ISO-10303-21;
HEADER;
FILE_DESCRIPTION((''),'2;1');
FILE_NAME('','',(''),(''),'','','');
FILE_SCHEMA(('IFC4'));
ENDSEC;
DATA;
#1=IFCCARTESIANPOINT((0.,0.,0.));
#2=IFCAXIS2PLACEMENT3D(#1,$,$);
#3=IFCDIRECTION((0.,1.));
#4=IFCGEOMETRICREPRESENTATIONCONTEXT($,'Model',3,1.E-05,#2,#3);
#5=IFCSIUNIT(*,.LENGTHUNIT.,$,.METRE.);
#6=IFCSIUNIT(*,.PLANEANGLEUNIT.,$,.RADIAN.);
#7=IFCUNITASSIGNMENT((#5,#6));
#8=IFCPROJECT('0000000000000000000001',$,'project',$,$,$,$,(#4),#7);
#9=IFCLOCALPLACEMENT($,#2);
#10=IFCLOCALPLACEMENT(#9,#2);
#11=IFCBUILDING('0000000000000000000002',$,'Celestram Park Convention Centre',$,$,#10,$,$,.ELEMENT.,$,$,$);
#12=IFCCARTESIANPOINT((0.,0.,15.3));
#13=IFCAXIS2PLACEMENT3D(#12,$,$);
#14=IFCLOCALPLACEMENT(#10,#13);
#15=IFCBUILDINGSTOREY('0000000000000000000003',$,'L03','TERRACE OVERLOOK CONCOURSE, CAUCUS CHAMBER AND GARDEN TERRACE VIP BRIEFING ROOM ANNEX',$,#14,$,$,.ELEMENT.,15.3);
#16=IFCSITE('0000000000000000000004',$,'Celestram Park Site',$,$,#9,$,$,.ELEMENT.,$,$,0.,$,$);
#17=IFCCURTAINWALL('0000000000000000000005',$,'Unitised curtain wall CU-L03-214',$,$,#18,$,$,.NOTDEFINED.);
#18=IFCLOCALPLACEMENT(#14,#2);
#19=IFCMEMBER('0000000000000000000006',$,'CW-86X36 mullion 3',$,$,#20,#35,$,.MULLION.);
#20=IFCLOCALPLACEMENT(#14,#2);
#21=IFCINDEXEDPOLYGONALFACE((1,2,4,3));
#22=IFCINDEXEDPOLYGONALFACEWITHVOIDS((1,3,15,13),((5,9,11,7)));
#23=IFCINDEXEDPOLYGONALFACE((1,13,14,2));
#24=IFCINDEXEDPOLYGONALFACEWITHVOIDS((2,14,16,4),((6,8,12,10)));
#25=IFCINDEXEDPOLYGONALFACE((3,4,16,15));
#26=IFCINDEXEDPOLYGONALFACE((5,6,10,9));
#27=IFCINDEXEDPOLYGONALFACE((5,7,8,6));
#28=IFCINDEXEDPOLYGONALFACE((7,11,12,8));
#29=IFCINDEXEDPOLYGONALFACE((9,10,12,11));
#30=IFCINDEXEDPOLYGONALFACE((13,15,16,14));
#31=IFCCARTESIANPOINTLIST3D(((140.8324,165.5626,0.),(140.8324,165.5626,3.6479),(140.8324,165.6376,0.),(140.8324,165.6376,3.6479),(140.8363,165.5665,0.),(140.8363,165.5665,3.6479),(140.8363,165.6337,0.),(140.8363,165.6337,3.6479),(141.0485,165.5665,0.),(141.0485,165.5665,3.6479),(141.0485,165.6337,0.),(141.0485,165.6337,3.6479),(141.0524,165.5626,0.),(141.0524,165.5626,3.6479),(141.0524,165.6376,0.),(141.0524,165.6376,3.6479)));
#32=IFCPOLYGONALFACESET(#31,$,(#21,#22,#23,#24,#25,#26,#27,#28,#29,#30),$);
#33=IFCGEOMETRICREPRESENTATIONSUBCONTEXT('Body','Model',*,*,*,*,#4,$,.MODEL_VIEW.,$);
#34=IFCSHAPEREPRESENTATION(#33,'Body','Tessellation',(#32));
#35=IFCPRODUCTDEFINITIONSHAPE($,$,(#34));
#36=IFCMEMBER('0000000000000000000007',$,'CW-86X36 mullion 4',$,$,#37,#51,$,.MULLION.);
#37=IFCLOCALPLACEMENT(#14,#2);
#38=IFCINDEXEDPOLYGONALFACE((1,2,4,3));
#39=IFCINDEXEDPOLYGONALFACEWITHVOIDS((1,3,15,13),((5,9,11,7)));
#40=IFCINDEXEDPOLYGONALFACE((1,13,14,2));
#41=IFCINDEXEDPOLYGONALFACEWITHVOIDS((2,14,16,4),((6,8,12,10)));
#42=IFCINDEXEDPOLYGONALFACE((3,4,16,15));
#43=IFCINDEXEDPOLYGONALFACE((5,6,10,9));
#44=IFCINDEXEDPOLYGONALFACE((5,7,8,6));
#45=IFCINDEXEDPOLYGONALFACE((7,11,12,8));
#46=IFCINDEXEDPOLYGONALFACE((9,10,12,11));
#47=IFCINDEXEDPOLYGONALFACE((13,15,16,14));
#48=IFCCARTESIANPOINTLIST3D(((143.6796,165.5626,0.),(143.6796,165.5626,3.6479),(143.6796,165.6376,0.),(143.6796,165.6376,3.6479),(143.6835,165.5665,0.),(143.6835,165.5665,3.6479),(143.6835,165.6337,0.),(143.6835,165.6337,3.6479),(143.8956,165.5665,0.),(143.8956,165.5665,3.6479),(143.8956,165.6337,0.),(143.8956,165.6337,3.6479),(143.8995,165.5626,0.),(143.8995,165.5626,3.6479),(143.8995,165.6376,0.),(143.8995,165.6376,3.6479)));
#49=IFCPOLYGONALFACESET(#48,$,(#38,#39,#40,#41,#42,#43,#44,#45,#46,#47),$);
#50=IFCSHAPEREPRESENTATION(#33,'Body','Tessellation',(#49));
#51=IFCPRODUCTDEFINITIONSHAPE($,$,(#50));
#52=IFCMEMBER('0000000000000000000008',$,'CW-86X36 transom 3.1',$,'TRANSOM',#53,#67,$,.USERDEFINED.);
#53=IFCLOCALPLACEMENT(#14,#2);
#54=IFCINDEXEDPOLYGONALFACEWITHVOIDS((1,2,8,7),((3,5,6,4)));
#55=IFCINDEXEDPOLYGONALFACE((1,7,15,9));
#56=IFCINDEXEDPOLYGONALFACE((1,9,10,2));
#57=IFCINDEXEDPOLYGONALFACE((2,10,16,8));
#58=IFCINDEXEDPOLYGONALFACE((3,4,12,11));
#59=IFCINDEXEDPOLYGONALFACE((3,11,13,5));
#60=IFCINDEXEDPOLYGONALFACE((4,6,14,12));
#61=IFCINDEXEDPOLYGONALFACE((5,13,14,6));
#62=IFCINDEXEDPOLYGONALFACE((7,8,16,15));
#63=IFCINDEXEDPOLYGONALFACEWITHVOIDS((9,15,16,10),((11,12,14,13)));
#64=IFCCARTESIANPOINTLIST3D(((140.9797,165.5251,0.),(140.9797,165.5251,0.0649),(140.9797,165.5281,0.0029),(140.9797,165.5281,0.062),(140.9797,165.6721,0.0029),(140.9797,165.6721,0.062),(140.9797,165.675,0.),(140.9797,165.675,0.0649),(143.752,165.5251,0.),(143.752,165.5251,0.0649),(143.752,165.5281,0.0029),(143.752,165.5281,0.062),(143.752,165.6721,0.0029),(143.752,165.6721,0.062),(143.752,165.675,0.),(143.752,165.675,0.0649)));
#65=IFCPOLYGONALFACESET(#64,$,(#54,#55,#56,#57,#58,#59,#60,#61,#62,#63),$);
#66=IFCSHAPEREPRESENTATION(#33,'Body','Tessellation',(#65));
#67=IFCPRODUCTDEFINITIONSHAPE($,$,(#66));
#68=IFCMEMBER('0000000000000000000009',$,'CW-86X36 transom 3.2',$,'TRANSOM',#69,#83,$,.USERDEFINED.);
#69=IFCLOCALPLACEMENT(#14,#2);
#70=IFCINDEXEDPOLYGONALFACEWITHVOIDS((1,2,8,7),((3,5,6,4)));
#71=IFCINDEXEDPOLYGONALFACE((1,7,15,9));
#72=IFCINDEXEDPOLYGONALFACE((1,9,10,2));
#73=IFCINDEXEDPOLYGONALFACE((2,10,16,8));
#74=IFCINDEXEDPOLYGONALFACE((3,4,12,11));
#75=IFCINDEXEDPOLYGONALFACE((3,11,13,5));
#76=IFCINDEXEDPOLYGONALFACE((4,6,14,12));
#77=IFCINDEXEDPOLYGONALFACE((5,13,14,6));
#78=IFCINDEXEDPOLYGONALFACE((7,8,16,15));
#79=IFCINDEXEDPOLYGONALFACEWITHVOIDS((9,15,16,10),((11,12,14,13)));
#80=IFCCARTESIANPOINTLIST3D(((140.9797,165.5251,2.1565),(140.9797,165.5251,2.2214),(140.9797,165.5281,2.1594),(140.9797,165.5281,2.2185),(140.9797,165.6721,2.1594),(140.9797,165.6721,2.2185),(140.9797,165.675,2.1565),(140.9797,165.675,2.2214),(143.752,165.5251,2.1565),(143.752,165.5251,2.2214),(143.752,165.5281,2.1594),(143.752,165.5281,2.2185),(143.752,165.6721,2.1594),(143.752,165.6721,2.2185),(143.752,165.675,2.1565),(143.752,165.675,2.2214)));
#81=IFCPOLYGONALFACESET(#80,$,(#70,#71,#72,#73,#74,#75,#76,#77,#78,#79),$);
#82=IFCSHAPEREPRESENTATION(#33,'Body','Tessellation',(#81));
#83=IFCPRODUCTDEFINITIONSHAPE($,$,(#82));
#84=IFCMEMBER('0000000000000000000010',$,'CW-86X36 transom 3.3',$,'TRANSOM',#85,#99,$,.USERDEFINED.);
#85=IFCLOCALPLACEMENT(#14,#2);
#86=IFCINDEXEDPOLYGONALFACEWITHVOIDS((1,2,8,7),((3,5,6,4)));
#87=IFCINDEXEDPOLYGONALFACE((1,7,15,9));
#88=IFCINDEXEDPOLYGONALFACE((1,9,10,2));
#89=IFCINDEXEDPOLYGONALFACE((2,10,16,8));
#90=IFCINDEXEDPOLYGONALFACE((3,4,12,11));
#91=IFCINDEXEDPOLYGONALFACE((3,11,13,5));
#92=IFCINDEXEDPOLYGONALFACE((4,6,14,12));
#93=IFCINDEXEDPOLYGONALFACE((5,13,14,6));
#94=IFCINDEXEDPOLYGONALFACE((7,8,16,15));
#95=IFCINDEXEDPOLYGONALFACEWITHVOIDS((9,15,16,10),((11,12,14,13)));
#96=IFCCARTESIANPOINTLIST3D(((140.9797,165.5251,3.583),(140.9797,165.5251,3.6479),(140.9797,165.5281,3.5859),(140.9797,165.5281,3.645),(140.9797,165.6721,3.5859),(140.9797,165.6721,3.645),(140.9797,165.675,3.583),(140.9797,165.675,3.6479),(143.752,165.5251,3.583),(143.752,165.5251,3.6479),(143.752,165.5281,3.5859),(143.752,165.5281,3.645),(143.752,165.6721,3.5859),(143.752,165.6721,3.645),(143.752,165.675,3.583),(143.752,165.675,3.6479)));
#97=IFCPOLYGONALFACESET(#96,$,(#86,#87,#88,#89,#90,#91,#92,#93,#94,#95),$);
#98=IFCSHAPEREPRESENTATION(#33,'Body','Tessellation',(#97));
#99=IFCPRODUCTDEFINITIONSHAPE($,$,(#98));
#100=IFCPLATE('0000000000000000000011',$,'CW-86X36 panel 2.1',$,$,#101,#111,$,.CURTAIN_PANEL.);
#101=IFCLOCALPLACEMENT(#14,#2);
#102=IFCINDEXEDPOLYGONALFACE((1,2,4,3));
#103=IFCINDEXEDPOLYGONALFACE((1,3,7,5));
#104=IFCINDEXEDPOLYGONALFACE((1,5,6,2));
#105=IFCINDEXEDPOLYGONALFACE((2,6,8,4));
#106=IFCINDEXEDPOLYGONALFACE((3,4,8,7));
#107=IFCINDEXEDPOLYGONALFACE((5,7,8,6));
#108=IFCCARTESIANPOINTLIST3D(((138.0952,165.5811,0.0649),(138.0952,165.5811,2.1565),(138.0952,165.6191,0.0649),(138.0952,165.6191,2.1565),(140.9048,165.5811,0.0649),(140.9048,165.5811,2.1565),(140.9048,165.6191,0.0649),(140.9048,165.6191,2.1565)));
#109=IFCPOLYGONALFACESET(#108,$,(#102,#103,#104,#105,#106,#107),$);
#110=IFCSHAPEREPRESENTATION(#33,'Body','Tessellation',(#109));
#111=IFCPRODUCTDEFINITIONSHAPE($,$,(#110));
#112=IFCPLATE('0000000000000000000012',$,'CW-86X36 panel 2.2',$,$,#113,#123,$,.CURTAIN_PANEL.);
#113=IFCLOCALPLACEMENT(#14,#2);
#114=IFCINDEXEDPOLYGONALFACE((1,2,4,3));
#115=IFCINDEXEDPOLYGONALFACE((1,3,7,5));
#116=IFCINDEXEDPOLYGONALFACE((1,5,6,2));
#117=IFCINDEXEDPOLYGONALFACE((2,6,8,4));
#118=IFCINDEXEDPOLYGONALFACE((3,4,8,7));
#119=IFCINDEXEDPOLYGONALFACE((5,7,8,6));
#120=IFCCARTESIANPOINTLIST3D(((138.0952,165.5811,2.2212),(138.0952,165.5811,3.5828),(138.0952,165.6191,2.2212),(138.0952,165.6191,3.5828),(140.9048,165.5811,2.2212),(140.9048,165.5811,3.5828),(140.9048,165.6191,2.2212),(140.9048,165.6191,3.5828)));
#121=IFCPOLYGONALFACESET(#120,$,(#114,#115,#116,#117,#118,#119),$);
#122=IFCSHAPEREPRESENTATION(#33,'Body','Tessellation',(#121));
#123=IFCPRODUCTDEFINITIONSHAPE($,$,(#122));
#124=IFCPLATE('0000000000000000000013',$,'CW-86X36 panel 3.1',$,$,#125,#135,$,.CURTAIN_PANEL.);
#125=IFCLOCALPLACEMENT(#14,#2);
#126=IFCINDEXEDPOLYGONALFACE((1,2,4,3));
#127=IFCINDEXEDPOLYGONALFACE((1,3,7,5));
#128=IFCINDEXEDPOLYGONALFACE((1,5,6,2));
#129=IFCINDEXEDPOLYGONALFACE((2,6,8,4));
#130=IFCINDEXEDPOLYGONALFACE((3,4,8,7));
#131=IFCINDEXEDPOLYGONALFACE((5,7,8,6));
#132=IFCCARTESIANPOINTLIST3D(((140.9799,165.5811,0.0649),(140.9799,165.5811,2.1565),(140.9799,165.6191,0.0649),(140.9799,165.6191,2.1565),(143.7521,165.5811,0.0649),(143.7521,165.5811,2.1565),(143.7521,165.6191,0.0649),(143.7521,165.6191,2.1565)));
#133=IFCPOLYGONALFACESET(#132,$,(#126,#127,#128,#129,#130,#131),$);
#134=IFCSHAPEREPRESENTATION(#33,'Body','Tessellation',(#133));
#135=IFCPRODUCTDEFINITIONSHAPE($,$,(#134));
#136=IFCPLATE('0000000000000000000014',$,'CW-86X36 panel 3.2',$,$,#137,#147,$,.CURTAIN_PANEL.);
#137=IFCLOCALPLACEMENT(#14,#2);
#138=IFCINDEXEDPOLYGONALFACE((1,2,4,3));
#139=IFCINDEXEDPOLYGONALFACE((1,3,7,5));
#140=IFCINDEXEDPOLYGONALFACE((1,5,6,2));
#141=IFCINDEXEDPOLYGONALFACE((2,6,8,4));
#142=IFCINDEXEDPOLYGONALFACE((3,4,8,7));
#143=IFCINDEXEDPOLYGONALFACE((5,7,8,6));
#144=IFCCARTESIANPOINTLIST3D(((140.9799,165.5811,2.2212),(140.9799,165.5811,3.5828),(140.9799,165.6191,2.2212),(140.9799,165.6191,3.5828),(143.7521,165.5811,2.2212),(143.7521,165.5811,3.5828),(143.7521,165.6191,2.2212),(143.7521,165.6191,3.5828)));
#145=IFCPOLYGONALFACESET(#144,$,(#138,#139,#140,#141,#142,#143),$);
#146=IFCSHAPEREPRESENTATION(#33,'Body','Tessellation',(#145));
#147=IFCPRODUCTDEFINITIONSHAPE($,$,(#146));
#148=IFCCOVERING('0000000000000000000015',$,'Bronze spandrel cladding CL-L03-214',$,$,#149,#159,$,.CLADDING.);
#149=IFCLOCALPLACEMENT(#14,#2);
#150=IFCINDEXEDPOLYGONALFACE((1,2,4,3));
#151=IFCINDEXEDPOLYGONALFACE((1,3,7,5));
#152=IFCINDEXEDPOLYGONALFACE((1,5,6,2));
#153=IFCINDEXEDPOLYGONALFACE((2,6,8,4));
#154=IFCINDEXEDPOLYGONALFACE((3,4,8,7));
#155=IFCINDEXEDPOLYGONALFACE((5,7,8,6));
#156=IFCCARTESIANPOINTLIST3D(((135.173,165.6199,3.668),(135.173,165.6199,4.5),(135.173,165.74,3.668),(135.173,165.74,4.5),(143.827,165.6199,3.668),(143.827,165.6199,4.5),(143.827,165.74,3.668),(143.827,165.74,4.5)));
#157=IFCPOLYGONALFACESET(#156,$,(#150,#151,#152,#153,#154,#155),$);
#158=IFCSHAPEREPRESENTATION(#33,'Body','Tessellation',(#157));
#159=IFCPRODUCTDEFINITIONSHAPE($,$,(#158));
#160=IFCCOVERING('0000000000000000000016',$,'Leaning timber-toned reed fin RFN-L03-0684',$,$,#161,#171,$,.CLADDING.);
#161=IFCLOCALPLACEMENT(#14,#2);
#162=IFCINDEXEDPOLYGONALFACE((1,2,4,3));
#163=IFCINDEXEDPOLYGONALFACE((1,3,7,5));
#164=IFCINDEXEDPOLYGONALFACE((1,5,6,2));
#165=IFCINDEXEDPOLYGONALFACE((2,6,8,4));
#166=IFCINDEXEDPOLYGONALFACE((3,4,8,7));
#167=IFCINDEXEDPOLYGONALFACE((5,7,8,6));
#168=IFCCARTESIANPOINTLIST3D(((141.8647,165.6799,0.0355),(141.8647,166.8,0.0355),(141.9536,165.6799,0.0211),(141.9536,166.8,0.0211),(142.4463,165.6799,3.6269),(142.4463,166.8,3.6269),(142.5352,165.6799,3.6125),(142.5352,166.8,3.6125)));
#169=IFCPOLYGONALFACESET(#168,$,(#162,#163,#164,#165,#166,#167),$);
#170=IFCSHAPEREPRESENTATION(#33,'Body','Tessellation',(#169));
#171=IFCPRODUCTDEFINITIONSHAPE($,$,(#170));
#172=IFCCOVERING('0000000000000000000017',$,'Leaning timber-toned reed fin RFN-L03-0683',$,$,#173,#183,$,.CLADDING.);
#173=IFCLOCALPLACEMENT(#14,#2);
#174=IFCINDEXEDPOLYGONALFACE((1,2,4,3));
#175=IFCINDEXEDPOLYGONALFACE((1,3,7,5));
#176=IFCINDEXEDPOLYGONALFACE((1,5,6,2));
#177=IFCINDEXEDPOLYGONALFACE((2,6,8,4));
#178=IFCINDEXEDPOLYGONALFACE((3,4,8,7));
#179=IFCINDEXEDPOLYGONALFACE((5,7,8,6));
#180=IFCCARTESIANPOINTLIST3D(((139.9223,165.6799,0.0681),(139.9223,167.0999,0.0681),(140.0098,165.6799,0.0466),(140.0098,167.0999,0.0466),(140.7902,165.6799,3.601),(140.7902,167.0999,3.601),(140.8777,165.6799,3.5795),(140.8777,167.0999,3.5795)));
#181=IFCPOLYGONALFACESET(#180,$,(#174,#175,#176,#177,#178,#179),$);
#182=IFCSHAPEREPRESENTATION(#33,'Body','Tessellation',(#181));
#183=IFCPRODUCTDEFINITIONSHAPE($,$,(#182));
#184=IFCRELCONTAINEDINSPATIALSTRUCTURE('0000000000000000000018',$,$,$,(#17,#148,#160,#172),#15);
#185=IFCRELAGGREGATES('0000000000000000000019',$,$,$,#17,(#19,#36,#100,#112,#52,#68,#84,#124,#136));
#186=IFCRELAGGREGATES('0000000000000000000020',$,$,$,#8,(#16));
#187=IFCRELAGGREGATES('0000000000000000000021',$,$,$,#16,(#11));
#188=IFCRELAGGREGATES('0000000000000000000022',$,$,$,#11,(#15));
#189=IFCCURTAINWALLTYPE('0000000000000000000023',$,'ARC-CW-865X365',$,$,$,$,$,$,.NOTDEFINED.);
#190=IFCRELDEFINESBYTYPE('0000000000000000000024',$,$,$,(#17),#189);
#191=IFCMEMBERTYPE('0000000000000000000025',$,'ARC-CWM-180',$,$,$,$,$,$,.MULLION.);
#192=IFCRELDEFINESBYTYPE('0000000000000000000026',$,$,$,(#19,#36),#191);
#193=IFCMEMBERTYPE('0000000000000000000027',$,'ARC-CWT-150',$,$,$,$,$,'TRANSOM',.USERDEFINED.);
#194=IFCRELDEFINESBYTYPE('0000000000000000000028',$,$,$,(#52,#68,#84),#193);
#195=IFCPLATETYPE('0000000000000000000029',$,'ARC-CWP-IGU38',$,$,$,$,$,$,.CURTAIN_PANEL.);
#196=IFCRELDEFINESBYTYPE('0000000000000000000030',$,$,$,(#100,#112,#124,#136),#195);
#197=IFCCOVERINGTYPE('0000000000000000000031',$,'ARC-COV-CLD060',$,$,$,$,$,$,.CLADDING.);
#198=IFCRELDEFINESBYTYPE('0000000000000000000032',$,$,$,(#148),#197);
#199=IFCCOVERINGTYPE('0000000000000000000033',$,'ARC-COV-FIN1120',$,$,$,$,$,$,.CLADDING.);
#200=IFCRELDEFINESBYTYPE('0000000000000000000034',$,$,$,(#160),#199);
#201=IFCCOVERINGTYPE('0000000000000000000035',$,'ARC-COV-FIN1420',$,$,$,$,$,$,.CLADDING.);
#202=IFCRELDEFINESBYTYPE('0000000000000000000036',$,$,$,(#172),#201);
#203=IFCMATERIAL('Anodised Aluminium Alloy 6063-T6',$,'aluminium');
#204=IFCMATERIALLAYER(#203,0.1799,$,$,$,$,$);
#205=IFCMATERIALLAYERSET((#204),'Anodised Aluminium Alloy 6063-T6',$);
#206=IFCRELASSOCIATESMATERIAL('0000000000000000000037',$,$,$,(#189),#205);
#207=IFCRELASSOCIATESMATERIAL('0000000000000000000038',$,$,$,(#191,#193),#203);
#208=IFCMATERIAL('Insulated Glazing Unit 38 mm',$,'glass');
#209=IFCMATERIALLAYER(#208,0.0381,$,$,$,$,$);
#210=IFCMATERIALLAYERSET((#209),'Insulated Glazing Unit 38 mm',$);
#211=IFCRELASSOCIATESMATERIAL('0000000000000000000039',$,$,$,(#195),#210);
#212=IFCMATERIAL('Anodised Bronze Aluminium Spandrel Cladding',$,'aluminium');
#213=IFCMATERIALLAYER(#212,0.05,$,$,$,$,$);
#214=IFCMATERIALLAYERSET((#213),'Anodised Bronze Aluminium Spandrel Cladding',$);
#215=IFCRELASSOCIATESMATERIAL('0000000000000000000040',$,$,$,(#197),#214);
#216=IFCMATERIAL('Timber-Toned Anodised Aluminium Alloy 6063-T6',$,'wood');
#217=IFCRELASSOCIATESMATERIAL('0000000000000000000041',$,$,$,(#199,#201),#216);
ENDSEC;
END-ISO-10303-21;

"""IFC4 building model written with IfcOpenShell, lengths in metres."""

from ifc_helpers import new_model, si_unit, direction, frame, origin, origin_2d, place, context, subcontext, project, spatial, rectangle, hollow_rectangle, extrude, material, layer, layer_set, material_profile, profile_set, type_object, element, aggregate, save


model = new_model("IFC4")

# Units and contexts
model_context = context("Model", 3, precision=1e-05, world=origin(), true_north=direction((0.0, 1.0)))
body_context = subcontext(model_context, "Body", "Model", "MODEL_VIEW")
ifc_project = project(units=[si_unit("LENGTHUNIT", "METRE"), si_unit("PLANEANGLEUNIT", "RADIAN")], contexts=[model_context])

# Site, building, storey
site_placement = place(None, origin())
site = spatial("IfcSite", under=ifc_project, at=site_placement, Name="Celestram Park Site", CompositionType="ELEMENT", RefElevation=0.0)
building_placement = place(site_placement, origin())
building = spatial("IfcBuilding", under=site, at=building_placement, Name="Celestram Park Convention Centre", CompositionType="ELEMENT")
storey_placement = place(building_placement, frame((0.0, 0.0, 15.3)))
storey = spatial("IfcBuildingStorey", under=building, at=storey_placement, Name="L03", Description="TERRACE OVERLOOK CONCOURSE, CAUCUS CHAMBER AND GARDEN TERRACE VIP BRIEFING ROOM ANNEX", CompositionType="ELEMENT", Elevation=15.3)

# Curtain wall, members, plates
ifc_material_1 = material(Name="Anodised Aluminium Alloy 6063-T6", Category="aluminium")
ifc_layer_1 = layer(ifc_material_1, 0.1799)
ifc_layer_set_1 = layer_set([ifc_layer_1], Name="Anodised Aluminium Alloy 6063-T6")
curtain_wall_type = type_object("IfcCurtainWallType", Name="ARC-CW-865X365", PredefinedType="NOTDEFINED", material=ifc_layer_set_1)
curtain_wall_placement = place(storey_placement, origin())
curtain_wall = element("IfcCurtainWall", 1, at=curtain_wall_placement, inside=storey, type_object=curtain_wall_type, Name="Unitised curtain wall CU-L03-214", PredefinedType="NOTDEFINED")
ifc_material_profile_1 = material_profile(ifc_material_1, hollow_rectangle(XDim=0.075, YDim=0.22, WallThickness=0.0039, at=origin_2d()), Name="ALU75X220X4")
ifc_profile_set_1 = profile_set([ifc_material_profile_1], Name="Anodised Aluminium Alloy 6063-T6")
member_type_1 = type_object("IfcMemberType", Name="ARC-CWM-180", PredefinedType="MULLION", material=ifc_profile_set_1)
member_1_placement = place(storey_placement, frame((140.9424, 165.6001, 0.0), z_axis=(0.0, 0.0, 1.0), x_axis=(0.0, 1.0, 0.0)))
member_1 = element("IfcMember", 2, at=member_1_placement, type_object=member_type_1, Name="CW-86X36 mullion 3", PredefinedType="MULLION", context=body_context, shape_type="SweptSolid", body=[
    extrude(hollow_rectangle(XDim=0.075, YDim=0.22, WallThickness=0.0039, at=origin_2d()), origin(), (0.0, 0.0, 1.0), 3.6479),
])
member_2_placement = place(storey_placement, frame((143.7896, 165.6001, 0.0), z_axis=(0.0, 0.0, 1.0), x_axis=(0.0, 1.0, 0.0)))
member_2 = element("IfcMember", 3, at=member_2_placement, type_object=member_type_1, Name="CW-86X36 mullion 4", PredefinedType="MULLION", context=body_context, shape_type="SweptSolid", body=[
    extrude(hollow_rectangle(XDim=0.075, YDim=0.22, WallThickness=0.0039, at=origin_2d()), origin(), (0.0, 0.0, 1.0), 3.6479),
])
ifc_material_profile_2 = material_profile(ifc_material_1, hollow_rectangle(XDim=0.1499, YDim=0.0649, WallThickness=0.0029, at=origin_2d()), Name="ALU150X65X3")
ifc_profile_set_2 = profile_set([ifc_material_profile_2], Name="Anodised Aluminium Alloy 6063-T6")
member_type_2 = type_object("IfcMemberType", Name="ARC-CWT-150", ElementType="TRANSOM", PredefinedType="USERDEFINED", material=ifc_profile_set_2)
member_3_placement = place(storey_placement, frame((140.9797, 165.6001, 0.0325), z_axis=(1.0, 0.0, 0.0), x_axis=(0.0, 1.0, 0.0)))
member_3 = element("IfcMember", 4, at=member_3_placement, type_object=member_type_2, Name="CW-86X36 transom 3.1", ObjectType="TRANSOM", PredefinedType="USERDEFINED", context=body_context, shape_type="SweptSolid", body=[
    extrude(hollow_rectangle(XDim=0.1499, YDim=0.0649, WallThickness=0.0029, at=origin_2d()), origin(), (0.0, 0.0, 1.0), 2.7722),
])
member_4_placement = place(storey_placement, frame((140.9797, 165.6001, 2.189), z_axis=(1.0, 0.0, 0.0), x_axis=(0.0, 1.0, 0.0)))
member_4 = element("IfcMember", 5, at=member_4_placement, type_object=member_type_2, Name="CW-86X36 transom 3.2", ObjectType="TRANSOM", PredefinedType="USERDEFINED", context=body_context, shape_type="SweptSolid", body=[
    extrude(hollow_rectangle(XDim=0.1499, YDim=0.0649, WallThickness=0.0029, at=origin_2d()), origin(), (0.0, 0.0, 1.0), 2.7722),
])
member_5_placement = place(storey_placement, frame((140.9797, 165.6001, 3.6155), z_axis=(1.0, 0.0, 0.0), x_axis=(0.0, 1.0, 0.0)))
member_5 = element("IfcMember", 6, at=member_5_placement, type_object=member_type_2, Name="CW-86X36 transom 3.3", ObjectType="TRANSOM", PredefinedType="USERDEFINED", context=body_context, shape_type="SweptSolid", body=[
    extrude(hollow_rectangle(XDim=0.1499, YDim=0.0649, WallThickness=0.0029, at=origin_2d()), origin(), (0.0, 0.0, 1.0), 2.7722),
])
ifc_material_2 = material(Name="Insulated Glazing Unit 38 mm", Category="glass")
ifc_layer_2 = layer(ifc_material_2, 0.0381)
ifc_layer_set_2 = layer_set([ifc_layer_2], Name="Insulated Glazing Unit 38 mm")
plate_type = type_object("IfcPlateType", Name="ARC-CWP-IGU38", PredefinedType="CURTAIN_PANEL", material=ifc_layer_set_2)
plate_1_placement = place(storey_placement, frame((139.5, 165.6001, 0.0649), z_axis=(0.0, 0.0, 1.0), x_axis=(1.0, 0.0, 0.0)))
plate_1 = element("IfcPlate", 7, at=plate_1_placement, type_object=plate_type, Name="CW-86X36 panel 2.1", PredefinedType="CURTAIN_PANEL", context=body_context, shape_type="SweptSolid", body=[
    extrude(rectangle(XDim=2.8096, YDim=0.0381, at=origin_2d()), origin(), (0.0, 0.0, 1.0), 2.0916),
])
plate_2_placement = place(storey_placement, frame((139.5, 165.6001, 2.2212), z_axis=(0.0, 0.0, 1.0), x_axis=(1.0, 0.0, 0.0)))
plate_2 = element("IfcPlate", 8, at=plate_2_placement, type_object=plate_type, Name="CW-86X36 panel 2.2", PredefinedType="CURTAIN_PANEL", context=body_context, shape_type="SweptSolid", body=[
    extrude(rectangle(XDim=2.8096, YDim=0.0381, at=origin_2d()), origin(), (0.0, 0.0, 1.0), 1.3616),
])
plate_3_placement = place(storey_placement, frame((142.366, 165.6001, 0.0649), z_axis=(0.0, 0.0, 1.0), x_axis=(1.0, 0.0, 0.0)))
plate_3 = element("IfcPlate", 9, at=plate_3_placement, type_object=plate_type, Name="CW-86X36 panel 3.1", PredefinedType="CURTAIN_PANEL", context=body_context, shape_type="SweptSolid", body=[
    extrude(rectangle(XDim=2.7722, YDim=0.0381, at=origin_2d()), origin(), (0.0, 0.0, 1.0), 2.0916),
])
plate_4_placement = place(storey_placement, frame((142.366, 165.6001, 2.2212), z_axis=(0.0, 0.0, 1.0), x_axis=(1.0, 0.0, 0.0)))
plate_4 = element("IfcPlate", 10, at=plate_4_placement, type_object=plate_type, Name="CW-86X36 panel 3.2", PredefinedType="CURTAIN_PANEL", context=body_context, shape_type="SweptSolid", body=[
    extrude(rectangle(XDim=2.7722, YDim=0.0381, at=origin_2d()), origin(), (0.0, 0.0, 1.0), 1.3616),
])
aggregate(curtain_wall, [member_1, member_2, plate_1, plate_2, member_3, member_4, member_5, plate_3, plate_4])

# Coverings
ifc_material_3 = material(Name="Anodised Bronze Aluminium Spandrel Cladding", Category="aluminium")
ifc_layer_3 = layer(ifc_material_3, 0.05)
ifc_layer_set_3 = layer_set([ifc_layer_3], Name="Anodised Bronze Aluminium Spandrel Cladding")
covering_type_1 = type_object("IfcCoveringType", Name="ARC-COV-CLD060", PredefinedType="CLADDING", material=ifc_layer_set_3)
covering_1_placement = place(storey_placement, frame((139.5, 165.6799, 3.668), z_axis=(0.0, 0.0, 1.0), x_axis=(1.0, 0.0, 0.0)))
element("IfcCovering", 11, at=covering_1_placement, inside=storey, type_object=covering_type_1, Name="Bronze spandrel cladding CL-L03-214", PredefinedType="CLADDING", context=body_context, shape_type="SweptSolid", body=[
    extrude(rectangle(XDim=8.6541, YDim=0.1201, at=origin_2d()), origin(), (0.0, 0.0, 1.0), 0.832),
])
ifc_material_4 = material(Name="Timber-Toned Anodised Aluminium Alloy 6063-T6", Category="wood")
ifc_material_profile_3 = material_profile(ifc_material_4, rectangle(XDim=1.1201, YDim=0.0901, at=origin_2d()), Name="REED1120X90")
ifc_profile_set_3 = profile_set([ifc_material_profile_3], Name="Timber-Toned Anodised Aluminium Alloy 6063-T6")
covering_type_2 = type_object("IfcCoveringType", Name="ARC-COV-FIN1120", PredefinedType="CLADDING", material=ifc_profile_set_3)
covering_2_placement = place(storey_placement, frame((141.9092, 166.24, 0.0283), z_axis=(0.159848, 0.0, 0.987142), x_axis=(0.0, 1.0, 0.0)))
element("IfcCovering", 12, at=covering_2_placement, inside=storey, type_object=covering_type_2, Name="Leaning timber-toned reed fin RFN-L03-0684", PredefinedType="CLADDING", context=body_context, shape_type="SweptSolid", body=[
    extrude(rectangle(XDim=1.1201, YDim=0.0901, at=origin_2d()), origin(), (0.0, 0.0, 1.0), 3.6382),
])
ifc_material_profile_4 = material_profile(ifc_material_4, rectangle(XDim=1.4199, YDim=0.0901, at=origin_2d()), Name="REED1420X90")
ifc_profile_set_4 = profile_set([ifc_material_profile_4], Name="Timber-Toned Anodised Aluminium Alloy 6063-T6")
covering_type_3 = type_object("IfcCoveringType", Name="ARC-COV-FIN1420", PredefinedType="CLADDING", material=ifc_profile_set_4)
covering_3_placement = place(storey_placement, frame((139.9661, 166.3899, 0.0574), z_axis=(0.23857, 0.0, 0.971125), x_axis=(0.0, 1.0, 0.0)))
element("IfcCovering", 13, at=covering_3_placement, inside=storey, type_object=covering_type_3, Name="Leaning timber-toned reed fin RFN-L03-0683", PredefinedType="CLADDING", context=body_context, shape_type="SweptSolid", body=[
    extrude(rectangle(XDim=1.4199, YDim=0.0901, at=origin_2d()), origin(), (0.0, 0.0, 1.0), 3.6379),
])

save(model, "model.ifc")
